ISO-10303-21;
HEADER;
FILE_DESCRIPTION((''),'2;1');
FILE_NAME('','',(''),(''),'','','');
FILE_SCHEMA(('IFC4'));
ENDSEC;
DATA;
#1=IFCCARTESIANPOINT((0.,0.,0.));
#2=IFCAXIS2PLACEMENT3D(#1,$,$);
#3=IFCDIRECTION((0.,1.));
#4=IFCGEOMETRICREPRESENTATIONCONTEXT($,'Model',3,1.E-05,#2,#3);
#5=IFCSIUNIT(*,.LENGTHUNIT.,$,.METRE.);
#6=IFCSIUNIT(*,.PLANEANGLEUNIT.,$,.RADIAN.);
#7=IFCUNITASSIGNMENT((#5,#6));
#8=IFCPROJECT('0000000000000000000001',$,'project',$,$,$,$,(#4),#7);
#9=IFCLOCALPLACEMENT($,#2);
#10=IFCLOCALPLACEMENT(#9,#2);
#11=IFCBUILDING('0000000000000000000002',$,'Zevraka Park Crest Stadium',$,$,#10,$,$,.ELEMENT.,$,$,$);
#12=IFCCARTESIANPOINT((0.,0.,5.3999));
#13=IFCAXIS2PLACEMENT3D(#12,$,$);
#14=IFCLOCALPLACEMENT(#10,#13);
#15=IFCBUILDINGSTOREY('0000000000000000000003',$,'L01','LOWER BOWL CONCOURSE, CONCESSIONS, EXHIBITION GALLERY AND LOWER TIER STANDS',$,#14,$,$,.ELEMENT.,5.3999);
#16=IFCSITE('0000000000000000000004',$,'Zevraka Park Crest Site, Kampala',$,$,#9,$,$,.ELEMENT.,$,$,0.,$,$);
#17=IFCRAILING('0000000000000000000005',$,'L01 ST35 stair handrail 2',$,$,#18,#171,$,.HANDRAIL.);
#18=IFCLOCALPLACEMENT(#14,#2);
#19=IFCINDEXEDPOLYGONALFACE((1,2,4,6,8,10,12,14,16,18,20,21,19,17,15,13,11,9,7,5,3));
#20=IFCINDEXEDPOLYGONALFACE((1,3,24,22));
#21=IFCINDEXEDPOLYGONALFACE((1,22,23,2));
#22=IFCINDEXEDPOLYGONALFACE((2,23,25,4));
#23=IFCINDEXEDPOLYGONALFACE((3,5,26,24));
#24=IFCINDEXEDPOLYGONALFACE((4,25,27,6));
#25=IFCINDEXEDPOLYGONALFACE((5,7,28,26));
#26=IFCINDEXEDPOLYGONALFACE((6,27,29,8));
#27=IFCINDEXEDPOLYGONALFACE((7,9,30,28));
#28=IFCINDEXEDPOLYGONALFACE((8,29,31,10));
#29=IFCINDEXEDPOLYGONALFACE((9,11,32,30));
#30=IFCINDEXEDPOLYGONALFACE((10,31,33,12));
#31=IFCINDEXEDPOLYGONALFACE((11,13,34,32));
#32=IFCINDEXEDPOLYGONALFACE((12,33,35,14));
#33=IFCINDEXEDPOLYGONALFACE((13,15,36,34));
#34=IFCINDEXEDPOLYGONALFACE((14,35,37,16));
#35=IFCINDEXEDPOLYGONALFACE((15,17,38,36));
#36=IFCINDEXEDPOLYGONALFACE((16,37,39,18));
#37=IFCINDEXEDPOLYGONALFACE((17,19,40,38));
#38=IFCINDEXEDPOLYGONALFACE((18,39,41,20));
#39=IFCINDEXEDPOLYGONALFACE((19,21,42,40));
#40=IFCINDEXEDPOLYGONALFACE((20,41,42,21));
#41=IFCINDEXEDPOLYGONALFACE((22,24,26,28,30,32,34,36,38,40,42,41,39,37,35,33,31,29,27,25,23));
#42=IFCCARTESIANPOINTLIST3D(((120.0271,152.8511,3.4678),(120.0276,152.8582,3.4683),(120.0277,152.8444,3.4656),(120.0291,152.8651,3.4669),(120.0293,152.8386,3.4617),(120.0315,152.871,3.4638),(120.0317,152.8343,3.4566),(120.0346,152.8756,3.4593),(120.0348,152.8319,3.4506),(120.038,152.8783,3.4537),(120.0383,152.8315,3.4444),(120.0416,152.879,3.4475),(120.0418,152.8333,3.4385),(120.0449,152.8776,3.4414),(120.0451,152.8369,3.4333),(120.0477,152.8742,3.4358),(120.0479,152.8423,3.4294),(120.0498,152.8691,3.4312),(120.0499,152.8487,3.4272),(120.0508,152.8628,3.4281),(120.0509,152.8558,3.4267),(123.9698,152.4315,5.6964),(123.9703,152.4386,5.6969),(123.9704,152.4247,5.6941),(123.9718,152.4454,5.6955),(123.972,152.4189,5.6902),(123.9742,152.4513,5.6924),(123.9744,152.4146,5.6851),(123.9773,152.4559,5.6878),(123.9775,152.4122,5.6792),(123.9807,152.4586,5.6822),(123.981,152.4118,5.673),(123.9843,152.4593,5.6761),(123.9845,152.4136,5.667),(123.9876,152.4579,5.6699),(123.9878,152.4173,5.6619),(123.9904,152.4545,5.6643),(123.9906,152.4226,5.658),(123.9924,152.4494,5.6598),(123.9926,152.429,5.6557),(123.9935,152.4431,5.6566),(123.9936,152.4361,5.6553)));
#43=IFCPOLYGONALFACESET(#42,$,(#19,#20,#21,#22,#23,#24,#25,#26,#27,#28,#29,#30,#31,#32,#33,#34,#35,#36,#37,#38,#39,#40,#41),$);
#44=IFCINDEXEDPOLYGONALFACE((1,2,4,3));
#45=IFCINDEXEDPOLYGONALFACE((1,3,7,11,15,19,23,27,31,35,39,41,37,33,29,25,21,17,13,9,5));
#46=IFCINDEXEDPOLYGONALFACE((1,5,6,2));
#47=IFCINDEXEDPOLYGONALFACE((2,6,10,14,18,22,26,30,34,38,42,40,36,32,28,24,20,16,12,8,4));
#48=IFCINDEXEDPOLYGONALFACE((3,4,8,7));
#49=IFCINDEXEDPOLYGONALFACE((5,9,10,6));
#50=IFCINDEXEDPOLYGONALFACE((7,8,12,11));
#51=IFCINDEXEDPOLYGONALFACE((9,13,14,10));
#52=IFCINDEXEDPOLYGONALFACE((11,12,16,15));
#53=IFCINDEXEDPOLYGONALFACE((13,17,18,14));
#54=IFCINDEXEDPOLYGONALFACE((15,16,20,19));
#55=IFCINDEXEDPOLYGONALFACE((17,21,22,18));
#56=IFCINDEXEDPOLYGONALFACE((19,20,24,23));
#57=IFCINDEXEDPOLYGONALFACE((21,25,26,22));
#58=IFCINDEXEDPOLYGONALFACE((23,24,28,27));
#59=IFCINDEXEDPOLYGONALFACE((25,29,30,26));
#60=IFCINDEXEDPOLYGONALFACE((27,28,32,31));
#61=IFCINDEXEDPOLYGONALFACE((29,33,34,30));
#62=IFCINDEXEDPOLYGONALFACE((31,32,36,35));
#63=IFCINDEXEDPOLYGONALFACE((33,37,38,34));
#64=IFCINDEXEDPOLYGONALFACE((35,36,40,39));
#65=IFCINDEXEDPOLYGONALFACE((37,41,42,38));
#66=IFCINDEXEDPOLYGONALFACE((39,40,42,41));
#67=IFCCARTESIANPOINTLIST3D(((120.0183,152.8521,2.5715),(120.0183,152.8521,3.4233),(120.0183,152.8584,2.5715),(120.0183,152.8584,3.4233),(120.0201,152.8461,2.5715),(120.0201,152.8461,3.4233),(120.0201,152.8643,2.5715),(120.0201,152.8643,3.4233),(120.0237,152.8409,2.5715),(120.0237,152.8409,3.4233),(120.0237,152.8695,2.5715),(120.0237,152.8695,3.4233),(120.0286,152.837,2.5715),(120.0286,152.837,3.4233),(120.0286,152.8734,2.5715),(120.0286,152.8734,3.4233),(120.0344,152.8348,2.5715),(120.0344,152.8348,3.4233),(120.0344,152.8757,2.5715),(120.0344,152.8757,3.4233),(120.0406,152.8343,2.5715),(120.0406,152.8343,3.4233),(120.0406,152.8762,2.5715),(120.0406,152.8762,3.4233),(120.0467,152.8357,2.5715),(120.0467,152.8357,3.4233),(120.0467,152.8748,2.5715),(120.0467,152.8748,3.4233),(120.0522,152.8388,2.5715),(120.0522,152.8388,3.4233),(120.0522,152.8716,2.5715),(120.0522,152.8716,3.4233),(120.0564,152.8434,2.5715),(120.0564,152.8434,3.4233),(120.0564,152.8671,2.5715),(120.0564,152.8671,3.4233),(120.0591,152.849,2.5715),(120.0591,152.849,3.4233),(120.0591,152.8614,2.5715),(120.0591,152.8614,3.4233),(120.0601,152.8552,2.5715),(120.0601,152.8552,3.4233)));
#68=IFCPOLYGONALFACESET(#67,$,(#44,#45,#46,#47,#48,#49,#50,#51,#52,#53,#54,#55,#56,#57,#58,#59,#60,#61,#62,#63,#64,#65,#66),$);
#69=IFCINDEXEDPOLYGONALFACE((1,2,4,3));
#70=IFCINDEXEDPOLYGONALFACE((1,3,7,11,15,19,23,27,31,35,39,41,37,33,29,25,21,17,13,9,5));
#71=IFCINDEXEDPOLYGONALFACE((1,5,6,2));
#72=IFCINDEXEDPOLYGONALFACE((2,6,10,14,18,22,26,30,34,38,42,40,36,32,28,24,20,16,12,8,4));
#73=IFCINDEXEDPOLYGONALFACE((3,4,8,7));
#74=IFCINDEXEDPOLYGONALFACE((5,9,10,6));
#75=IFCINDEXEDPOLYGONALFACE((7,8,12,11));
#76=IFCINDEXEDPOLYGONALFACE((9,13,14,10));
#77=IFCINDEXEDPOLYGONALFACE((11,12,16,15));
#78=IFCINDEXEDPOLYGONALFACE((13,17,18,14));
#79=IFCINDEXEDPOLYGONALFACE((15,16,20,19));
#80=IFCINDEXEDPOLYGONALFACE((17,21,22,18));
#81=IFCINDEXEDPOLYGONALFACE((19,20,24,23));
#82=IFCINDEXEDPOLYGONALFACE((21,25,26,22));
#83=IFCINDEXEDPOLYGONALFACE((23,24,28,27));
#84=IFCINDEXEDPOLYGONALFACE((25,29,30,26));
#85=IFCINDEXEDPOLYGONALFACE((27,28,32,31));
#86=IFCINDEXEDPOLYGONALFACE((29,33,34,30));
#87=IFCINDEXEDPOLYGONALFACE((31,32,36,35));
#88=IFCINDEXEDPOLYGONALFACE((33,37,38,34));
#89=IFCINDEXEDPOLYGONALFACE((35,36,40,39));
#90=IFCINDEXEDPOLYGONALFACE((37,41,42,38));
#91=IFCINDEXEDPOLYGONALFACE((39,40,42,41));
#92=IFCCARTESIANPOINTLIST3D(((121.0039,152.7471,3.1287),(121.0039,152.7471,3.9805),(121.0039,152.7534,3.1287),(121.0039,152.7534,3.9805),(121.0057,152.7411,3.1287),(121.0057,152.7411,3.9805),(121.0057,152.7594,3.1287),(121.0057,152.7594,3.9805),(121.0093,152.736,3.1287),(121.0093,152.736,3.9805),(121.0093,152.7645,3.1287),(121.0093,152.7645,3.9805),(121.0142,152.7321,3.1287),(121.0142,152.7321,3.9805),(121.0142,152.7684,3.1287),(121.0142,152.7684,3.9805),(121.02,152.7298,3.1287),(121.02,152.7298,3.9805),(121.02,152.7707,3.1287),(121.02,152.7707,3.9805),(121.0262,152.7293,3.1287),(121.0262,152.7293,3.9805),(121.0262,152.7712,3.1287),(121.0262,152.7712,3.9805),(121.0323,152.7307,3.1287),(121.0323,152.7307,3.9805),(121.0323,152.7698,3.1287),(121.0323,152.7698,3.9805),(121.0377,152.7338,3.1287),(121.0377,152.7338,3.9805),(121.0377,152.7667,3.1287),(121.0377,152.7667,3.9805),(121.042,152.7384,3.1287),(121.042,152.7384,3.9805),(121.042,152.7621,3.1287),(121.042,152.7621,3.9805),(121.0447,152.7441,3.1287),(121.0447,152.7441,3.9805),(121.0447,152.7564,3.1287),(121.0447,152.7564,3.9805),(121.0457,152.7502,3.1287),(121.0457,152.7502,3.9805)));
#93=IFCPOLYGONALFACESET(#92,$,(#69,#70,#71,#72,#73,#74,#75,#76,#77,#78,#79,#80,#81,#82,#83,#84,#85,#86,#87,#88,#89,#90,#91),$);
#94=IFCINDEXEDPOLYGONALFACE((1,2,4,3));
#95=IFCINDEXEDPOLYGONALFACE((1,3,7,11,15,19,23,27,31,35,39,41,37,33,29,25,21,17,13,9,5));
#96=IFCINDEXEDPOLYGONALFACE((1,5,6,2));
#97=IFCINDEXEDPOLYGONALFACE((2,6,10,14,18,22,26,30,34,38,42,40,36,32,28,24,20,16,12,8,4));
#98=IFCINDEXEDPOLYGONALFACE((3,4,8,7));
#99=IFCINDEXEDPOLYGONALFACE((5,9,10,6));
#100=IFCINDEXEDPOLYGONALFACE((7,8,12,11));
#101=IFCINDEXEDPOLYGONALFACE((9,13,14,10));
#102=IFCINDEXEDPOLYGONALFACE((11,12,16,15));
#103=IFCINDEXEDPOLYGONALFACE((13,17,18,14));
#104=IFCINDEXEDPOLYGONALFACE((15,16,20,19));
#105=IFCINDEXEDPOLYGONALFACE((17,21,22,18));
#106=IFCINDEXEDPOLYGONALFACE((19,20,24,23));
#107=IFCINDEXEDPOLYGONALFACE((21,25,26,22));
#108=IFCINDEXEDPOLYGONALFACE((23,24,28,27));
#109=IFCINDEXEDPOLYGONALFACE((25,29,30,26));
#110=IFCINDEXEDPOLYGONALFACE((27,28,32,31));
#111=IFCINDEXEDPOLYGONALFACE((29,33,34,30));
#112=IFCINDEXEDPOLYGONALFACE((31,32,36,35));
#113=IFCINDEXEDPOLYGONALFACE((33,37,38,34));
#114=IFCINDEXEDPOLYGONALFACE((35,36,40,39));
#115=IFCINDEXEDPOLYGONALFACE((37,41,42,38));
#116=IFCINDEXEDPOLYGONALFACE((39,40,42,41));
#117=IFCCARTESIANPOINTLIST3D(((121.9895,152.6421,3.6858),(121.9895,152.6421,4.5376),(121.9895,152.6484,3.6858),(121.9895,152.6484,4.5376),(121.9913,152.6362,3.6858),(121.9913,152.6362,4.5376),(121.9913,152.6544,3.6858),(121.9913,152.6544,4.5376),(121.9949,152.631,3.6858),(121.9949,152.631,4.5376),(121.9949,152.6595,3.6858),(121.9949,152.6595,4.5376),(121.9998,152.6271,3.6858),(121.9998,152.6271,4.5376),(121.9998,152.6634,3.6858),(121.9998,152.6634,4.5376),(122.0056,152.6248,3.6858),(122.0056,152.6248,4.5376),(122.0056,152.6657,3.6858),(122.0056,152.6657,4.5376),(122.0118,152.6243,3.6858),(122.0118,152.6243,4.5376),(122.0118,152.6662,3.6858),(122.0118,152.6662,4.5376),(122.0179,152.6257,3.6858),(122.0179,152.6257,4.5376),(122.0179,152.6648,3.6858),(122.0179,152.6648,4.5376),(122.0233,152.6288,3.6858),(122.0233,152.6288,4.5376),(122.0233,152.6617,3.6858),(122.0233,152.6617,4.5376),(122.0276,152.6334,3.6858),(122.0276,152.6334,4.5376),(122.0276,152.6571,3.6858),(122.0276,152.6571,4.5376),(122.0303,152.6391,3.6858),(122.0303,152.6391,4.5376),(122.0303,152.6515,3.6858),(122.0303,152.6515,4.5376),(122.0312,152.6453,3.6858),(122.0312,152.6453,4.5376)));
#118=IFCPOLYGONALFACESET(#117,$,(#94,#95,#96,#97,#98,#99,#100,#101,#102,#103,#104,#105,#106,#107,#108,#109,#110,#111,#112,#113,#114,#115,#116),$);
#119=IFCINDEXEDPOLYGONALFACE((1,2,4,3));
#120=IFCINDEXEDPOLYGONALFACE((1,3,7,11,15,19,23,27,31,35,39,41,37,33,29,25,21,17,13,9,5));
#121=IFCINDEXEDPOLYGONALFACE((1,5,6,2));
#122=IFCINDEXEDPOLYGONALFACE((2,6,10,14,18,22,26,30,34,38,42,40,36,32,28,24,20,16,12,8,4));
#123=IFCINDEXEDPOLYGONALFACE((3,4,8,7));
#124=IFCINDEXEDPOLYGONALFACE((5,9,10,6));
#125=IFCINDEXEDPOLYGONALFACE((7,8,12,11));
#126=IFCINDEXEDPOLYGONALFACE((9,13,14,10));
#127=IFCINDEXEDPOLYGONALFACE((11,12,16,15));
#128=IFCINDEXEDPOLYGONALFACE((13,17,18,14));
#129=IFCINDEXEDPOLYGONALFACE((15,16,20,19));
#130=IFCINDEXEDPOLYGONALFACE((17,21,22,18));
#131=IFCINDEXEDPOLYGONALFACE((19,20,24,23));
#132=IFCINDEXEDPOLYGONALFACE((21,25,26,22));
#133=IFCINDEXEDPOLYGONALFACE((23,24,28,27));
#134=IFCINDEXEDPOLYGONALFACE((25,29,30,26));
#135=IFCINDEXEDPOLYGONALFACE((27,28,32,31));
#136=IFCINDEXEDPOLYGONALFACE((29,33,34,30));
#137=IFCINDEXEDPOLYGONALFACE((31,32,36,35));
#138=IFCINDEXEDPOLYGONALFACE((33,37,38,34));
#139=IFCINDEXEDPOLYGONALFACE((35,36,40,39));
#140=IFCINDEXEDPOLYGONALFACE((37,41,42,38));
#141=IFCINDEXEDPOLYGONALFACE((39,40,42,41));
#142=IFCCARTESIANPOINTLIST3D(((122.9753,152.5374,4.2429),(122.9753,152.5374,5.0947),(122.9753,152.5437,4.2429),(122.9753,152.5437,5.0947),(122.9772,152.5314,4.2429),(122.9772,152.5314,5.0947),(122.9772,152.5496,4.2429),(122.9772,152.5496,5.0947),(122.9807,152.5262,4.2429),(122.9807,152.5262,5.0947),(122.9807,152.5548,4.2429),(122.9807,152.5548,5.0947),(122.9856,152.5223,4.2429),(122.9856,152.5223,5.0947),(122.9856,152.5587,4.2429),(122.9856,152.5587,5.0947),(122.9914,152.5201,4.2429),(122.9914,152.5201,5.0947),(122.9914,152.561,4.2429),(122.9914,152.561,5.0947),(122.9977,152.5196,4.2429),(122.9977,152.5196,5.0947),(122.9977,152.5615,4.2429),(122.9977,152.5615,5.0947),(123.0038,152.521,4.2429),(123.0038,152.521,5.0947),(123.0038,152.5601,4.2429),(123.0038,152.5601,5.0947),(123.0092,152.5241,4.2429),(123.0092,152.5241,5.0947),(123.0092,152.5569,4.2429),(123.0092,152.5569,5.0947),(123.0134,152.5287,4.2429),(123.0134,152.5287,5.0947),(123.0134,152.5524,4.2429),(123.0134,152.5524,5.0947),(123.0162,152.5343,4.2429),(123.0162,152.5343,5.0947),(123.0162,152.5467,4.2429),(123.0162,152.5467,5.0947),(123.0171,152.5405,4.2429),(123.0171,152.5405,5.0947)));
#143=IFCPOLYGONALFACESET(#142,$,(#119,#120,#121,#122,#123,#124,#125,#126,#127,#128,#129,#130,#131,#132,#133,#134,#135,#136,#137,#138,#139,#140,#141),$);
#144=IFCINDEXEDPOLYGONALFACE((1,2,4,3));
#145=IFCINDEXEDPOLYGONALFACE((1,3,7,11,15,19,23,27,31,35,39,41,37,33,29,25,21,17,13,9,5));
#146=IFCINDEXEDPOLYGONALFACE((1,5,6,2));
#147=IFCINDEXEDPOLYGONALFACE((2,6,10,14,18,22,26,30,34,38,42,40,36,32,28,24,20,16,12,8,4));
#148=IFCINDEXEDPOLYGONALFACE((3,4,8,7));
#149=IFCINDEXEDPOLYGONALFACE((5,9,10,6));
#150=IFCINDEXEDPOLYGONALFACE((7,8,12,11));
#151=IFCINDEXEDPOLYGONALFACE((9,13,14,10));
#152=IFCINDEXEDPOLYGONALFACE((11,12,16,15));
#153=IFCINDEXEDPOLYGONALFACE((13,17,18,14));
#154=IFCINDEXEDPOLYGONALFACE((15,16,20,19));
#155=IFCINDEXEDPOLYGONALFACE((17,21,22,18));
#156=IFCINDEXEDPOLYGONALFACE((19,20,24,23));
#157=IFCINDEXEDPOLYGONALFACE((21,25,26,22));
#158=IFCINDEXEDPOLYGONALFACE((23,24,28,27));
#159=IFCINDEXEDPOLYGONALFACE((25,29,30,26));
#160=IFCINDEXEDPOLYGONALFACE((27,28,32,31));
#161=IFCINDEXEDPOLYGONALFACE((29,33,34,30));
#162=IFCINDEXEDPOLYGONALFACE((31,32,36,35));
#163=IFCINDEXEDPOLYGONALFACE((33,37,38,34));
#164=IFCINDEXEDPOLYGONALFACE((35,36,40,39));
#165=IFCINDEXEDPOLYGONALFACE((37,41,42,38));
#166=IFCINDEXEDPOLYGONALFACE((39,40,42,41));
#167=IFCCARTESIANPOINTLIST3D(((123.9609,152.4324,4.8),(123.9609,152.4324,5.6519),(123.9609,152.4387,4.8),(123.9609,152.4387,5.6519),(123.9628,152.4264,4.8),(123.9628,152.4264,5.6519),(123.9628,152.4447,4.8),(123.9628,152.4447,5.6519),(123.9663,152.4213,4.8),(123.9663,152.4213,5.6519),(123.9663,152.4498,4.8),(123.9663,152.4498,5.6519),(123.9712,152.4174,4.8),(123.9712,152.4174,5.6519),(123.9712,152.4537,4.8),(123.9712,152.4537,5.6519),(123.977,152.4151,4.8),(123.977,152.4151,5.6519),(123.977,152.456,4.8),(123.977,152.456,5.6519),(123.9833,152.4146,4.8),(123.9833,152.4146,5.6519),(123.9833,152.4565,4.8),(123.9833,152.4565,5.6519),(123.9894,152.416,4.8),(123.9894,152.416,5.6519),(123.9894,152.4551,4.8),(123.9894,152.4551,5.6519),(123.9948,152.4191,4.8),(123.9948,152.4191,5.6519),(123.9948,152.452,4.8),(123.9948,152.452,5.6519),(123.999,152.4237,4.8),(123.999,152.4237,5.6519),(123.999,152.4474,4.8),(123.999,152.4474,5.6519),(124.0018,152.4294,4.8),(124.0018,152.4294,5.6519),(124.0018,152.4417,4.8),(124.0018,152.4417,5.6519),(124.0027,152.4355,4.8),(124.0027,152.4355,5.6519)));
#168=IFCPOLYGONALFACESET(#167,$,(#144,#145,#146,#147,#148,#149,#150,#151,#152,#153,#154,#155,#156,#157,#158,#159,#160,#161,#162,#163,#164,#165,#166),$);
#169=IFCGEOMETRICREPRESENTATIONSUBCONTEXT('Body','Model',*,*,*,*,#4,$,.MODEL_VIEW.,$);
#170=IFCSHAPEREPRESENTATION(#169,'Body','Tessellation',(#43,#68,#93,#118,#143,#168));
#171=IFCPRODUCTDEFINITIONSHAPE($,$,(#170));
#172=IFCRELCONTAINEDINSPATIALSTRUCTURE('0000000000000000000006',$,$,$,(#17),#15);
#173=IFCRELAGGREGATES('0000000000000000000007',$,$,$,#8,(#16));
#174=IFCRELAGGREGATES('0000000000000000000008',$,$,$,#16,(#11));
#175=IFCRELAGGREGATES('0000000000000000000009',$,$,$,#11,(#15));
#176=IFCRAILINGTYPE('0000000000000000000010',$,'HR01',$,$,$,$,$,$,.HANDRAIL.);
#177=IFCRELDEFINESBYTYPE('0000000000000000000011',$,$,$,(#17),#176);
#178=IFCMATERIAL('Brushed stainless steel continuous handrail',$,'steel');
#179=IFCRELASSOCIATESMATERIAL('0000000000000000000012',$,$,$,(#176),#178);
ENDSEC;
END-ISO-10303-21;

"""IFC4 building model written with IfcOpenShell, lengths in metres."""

from ifc_helpers import new_model, si_unit, direction, frame, origin, origin_2d, place, context, subcontext, project, spatial, circle, extrude, material, type_object, element, save


model = new_model("IFC4")

# Units and contexts
model_context = context("Model", 3, precision=1e-05, world=origin(), true_north=direction((0.0, 1.0)))
body_context = subcontext(model_context, "Body", "Model", "MODEL_VIEW")
ifc_project = project(units=[si_unit("LENGTHUNIT", "METRE"), si_unit("PLANEANGLEUNIT", "RADIAN")], contexts=[model_context])

# Site, building, storey
site_placement = place(None, origin())
site = spatial("IfcSite", under=ifc_project, at=site_placement, Name="Zevraka Park Crest Site, Kampala", CompositionType="ELEMENT", RefElevation=0.0)
building_placement = place(site_placement, origin())
building = spatial("IfcBuilding", under=site, at=building_placement, Name="Zevraka Park Crest Stadium", CompositionType="ELEMENT")
storey_placement = place(building_placement, frame((0.0, 0.0, 5.3999)))
storey = spatial("IfcBuildingStorey", under=building, at=storey_placement, Name="L01", Description="LOWER BOWL CONCOURSE, CONCESSIONS, EXHIBITION GALLERY AND LOWER TIER STANDS", CompositionType="ELEMENT", Elevation=5.3999)

# Railing
ifc_material_1 = material(Name="Brushed stainless steel continuous handrail", Category="steel")
railing_type_1 = type_object("IfcRailingType", Name="HR01", PredefinedType="HANDRAIL", material=ifc_material_1)
railing_1_placement = place(storey_placement, frame((120.0391, 152.8552, 2.5715)))
element("IfcRailing", 1, at=railing_1_placement, inside=storey, type_object=railing_type_1, Name="L01 ST35 stair handrail 2", PredefinedType="HANDRAIL", context=body_context, shape_type="SweptSolid", body=[
    extrude(circle(Radius=0.0239, at=origin_2d()), frame((0.0, 0.0, 0.876), z_axis=(0.866842, -0.092272, 0.48997), x_axis=(0.105848, 0.994382, 0.0)), (0.0, 0.0, 1.0), 4.5483),
    extrude(circle(Radius=0.021, at=origin_2d()), origin(), (0.0, 0.0, 1.0), 0.8518),
    extrude(circle(Radius=0.021, at=origin_2d()), frame((0.9856, -0.105, 0.5571)), (0.0, 0.0, 1.0), 0.8518),
    extrude(circle(Radius=0.021, at=origin_2d()), frame((1.9712, -0.21, 1.1143)), (0.0, 0.0, 1.0), 0.8518),
    extrude(circle(Radius=0.021, at=origin_2d()), frame((2.957, -0.3147, 1.6714)), (0.0, 0.0, 1.0), 0.8518),
    extrude(circle(Radius=0.021, at=origin_2d()), frame((3.9426, -0.4197, 2.2285)), (0.0, 0.0, 1.0), 0.8518),
])

save(model, "model.ifc")
